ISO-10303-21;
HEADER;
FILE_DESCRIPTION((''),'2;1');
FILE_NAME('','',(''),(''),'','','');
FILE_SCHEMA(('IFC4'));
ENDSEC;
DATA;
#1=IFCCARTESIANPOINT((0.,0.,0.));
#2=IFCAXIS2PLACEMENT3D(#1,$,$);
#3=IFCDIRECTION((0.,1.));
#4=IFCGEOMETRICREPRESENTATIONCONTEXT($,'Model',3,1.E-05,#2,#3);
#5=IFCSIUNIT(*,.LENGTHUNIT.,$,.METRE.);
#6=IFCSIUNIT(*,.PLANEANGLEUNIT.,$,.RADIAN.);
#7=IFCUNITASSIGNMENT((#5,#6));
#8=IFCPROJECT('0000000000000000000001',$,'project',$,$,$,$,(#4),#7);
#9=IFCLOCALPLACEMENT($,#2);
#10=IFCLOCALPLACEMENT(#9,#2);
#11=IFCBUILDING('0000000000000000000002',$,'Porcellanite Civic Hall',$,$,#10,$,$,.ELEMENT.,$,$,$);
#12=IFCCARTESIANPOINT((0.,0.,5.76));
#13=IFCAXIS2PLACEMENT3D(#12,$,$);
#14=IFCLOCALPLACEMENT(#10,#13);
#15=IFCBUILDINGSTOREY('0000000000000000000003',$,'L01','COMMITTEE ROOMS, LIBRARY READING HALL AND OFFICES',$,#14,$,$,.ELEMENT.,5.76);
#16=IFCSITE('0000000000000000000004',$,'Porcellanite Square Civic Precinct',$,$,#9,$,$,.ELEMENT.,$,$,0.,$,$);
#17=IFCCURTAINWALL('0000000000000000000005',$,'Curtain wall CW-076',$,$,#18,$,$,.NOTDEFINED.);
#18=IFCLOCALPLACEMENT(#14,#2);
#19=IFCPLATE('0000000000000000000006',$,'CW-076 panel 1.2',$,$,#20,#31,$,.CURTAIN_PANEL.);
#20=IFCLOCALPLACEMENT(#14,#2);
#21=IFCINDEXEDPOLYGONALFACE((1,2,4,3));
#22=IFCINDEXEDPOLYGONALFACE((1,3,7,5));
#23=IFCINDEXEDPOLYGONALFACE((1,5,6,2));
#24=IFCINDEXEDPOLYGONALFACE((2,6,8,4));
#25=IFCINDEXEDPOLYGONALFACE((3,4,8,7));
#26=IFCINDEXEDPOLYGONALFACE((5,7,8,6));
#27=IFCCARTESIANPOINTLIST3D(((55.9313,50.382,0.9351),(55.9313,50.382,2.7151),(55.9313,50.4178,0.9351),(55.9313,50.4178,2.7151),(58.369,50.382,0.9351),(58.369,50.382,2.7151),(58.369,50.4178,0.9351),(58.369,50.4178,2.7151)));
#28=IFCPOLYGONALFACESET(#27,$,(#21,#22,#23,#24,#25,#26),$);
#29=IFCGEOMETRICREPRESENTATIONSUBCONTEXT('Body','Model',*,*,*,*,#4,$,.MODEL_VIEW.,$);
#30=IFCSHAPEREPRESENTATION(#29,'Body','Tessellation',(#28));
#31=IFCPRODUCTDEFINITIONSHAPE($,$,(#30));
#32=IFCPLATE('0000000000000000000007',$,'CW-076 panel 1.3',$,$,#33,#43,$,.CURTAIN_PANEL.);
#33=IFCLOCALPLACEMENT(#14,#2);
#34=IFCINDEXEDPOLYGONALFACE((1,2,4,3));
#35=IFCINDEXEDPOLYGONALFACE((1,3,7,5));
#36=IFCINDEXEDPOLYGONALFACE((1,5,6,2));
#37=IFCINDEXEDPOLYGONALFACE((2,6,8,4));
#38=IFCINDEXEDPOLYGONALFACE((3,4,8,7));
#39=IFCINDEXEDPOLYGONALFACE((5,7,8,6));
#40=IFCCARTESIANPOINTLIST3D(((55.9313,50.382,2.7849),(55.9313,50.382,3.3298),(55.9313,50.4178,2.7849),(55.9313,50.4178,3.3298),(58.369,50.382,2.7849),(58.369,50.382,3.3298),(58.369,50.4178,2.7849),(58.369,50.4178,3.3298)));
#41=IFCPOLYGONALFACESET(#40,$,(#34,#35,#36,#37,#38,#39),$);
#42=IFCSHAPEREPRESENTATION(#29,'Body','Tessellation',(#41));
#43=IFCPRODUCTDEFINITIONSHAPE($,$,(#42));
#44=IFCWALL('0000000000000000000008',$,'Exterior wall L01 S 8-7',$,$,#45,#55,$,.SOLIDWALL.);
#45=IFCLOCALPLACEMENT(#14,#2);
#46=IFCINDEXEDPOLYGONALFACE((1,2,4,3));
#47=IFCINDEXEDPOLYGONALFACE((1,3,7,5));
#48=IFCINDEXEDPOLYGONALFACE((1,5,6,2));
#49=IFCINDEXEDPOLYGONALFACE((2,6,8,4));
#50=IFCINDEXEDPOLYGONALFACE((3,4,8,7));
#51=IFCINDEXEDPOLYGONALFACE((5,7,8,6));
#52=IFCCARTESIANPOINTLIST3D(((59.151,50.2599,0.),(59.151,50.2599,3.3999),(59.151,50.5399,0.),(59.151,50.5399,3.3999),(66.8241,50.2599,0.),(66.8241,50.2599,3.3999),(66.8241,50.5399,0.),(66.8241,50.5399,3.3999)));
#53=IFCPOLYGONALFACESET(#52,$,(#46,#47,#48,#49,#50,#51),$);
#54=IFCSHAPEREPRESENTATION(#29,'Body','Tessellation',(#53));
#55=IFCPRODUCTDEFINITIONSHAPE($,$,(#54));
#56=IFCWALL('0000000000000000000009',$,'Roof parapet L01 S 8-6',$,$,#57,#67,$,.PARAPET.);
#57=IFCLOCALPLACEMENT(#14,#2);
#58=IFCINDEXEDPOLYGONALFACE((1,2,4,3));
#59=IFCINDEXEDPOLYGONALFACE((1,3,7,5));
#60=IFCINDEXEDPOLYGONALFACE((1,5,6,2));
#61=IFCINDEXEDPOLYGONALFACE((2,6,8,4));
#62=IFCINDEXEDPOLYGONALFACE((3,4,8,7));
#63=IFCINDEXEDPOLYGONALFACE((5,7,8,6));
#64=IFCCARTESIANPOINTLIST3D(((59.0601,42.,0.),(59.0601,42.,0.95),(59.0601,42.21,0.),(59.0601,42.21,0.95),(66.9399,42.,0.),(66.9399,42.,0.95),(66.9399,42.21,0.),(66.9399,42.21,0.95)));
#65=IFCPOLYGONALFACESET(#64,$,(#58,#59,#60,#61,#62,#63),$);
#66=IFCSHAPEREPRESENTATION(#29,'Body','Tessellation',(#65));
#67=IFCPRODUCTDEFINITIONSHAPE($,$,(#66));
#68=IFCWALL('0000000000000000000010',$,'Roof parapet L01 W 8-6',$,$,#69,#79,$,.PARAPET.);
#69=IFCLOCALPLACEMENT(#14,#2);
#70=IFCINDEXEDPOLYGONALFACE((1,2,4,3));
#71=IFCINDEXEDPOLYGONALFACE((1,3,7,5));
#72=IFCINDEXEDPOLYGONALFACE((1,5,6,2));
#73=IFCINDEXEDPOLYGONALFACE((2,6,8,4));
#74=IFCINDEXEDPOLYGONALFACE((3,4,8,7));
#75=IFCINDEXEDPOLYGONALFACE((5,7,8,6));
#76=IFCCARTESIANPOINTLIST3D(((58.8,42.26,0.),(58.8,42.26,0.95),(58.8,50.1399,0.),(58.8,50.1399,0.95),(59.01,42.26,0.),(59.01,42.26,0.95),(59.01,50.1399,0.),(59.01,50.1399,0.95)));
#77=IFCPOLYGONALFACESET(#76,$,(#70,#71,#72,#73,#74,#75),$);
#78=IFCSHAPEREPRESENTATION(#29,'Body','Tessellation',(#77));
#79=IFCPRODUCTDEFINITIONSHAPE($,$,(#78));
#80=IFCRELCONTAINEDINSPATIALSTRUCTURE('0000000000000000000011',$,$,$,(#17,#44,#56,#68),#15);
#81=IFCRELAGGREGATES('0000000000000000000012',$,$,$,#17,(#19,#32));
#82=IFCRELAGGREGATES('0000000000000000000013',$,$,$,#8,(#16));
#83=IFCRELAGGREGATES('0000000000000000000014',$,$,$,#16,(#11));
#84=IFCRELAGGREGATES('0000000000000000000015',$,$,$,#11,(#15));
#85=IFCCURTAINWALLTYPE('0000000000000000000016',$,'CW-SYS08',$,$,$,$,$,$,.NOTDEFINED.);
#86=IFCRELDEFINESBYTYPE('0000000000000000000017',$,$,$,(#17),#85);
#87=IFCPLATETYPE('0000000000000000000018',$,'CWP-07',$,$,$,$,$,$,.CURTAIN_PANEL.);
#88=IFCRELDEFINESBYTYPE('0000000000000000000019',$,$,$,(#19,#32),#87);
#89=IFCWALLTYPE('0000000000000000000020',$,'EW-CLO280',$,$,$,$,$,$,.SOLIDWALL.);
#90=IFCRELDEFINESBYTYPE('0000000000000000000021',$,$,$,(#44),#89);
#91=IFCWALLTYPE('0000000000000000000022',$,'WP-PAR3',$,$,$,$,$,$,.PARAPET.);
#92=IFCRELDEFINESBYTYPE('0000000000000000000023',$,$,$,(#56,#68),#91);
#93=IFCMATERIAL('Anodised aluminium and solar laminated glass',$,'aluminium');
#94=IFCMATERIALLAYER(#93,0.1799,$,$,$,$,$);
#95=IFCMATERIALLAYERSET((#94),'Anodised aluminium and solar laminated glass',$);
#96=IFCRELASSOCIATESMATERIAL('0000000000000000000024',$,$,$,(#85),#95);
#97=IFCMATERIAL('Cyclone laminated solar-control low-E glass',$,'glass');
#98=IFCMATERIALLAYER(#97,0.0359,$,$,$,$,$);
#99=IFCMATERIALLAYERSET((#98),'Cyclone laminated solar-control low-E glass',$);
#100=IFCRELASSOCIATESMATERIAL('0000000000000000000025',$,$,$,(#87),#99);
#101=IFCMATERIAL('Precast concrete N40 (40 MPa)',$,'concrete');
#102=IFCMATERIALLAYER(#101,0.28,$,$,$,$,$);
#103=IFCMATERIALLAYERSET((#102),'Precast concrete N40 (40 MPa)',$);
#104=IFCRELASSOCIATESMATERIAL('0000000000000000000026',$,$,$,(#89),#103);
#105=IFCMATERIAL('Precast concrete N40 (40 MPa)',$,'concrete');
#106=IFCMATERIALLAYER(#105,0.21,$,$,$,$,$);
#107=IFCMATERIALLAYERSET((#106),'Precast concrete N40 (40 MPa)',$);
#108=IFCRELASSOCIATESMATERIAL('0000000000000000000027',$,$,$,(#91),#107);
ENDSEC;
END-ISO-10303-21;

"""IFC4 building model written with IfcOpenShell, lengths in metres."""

from ifc_helpers import new_model, si_unit, direction, frame, frame_2d, origin, origin_2d, place, context, subcontext, project, spatial, rectangle, extrude, material, layer, layer_set, type_object, element, aggregate, save


model = new_model("IFC4")

# Units and contexts
model_context = context("Model", 3, precision=1e-05, world=origin(), true_north=direction((0.0, 1.0)))
body_context = subcontext(model_context, "Body", "Model", "MODEL_VIEW")
ifc_project = project(units=[si_unit("LENGTHUNIT", "METRE"), si_unit("PLANEANGLEUNIT", "RADIAN")], contexts=[model_context])

# Site, building, storey
site_placement = place(None, origin())
site = spatial("IfcSite", under=ifc_project, at=site_placement, Name="Porcellanite Square Civic Precinct", CompositionType="ELEMENT", RefElevation=0.0)
building_placement = place(site_placement, origin())
building = spatial("IfcBuilding", under=site, at=building_placement, Name="Porcellanite Civic Hall", CompositionType="ELEMENT")
storey_placement = place(building_placement, frame((0.0, 0.0, 5.76)))
storey = spatial("IfcBuildingStorey", under=building, at=storey_placement, Name="L01", Description="COMMITTEE ROOMS, LIBRARY READING HALL AND OFFICES", CompositionType="ELEMENT", Elevation=5.76)

# Curtain wall
ifc_material_1 = material(Name="Anodised aluminium and solar laminated glass", Category="aluminium")
ifc_layer_1 = layer(ifc_material_1, 0.1799)
ifc_layer_set_1 = layer_set([ifc_layer_1], Name="Anodised aluminium and solar laminated glass")
curtain_wall_type_1 = type_object("IfcCurtainWallType", Name="CW-SYS08", PredefinedType="NOTDEFINED", material=ifc_layer_set_1)
curtain_wall_1_placement = place(storey_placement, origin())
curtain_wall_1 = element("IfcCurtainWall", 1, at=curtain_wall_1_placement, inside=storey, type_object=curtain_wall_type_1, Name="Curtain wall CW-076", PredefinedType="NOTDEFINED")

# Plates
ifc_material_2 = material(Name="Cyclone laminated solar-control low-E glass", Category="glass")
ifc_layer_2 = layer(ifc_material_2, 0.0359)
ifc_layer_set_2 = layer_set([ifc_layer_2], Name="Cyclone laminated solar-control low-E glass")
plate_type = type_object("IfcPlateType", Name="CWP-07", PredefinedType="CURTAIN_PANEL", material=ifc_layer_set_2)
plate_1_placement = place(storey_placement, frame((57.1501, 50.3999, 0.9351), z_axis=(0.0, 0.0, 1.0), x_axis=(-1.0, 0.0, 0.0)))
plate_1 = element("IfcPlate", 2, at=plate_1_placement, type_object=plate_type, Name="CW-076 panel 1.2", PredefinedType="CURTAIN_PANEL", context=body_context, shape_type="SweptSolid", body=[
    extrude(rectangle(XDim=2.4377, YDim=0.0359, at=origin_2d()), origin(), (0.0, 0.0, 1.0), 1.78),
])
plate_2_placement = place(storey_placement, frame((57.1501, 50.3999, 2.7849), z_axis=(0.0, 0.0, 1.0), x_axis=(-1.0, 0.0, 0.0)))
plate_2 = element("IfcPlate", 3, at=plate_2_placement, type_object=plate_type, Name="CW-076 panel 1.3", PredefinedType="CURTAIN_PANEL", context=body_context, shape_type="SweptSolid", body=[
    extrude(rectangle(XDim=2.4377, YDim=0.0359, at=origin_2d()), origin(), (0.0, 0.0, 1.0), 0.5449),
])
aggregate(curtain_wall_1, [plate_1, plate_2])

# Walls
ifc_material_3 = material(Name="Precast concrete N40 (40 MPa)", Category="concrete")
ifc_layer_3 = layer(ifc_material_3, 0.28)
ifc_layer_set_3 = layer_set([ifc_layer_3], Name="Precast concrete N40 (40 MPa)")
wall_type_1 = type_object("IfcWallType", Name="EW-CLO280", PredefinedType="SOLIDWALL", material=ifc_layer_set_3)
wall_placement = place(storey_placement, frame((66.824, 50.3999, 0.0), z_axis=(0.0, 0.0, 1.0), x_axis=(-1.0, 0.0, 0.0)))
element("IfcWall", 4, at=wall_placement, inside=storey, type_object=wall_type_1, Name="Exterior wall L01 S 8-7", PredefinedType="SOLIDWALL", context=body_context, shape_type="SweptSolid", body=[
    extrude(rectangle(XDim=7.6731, YDim=0.28, at=frame_2d((3.8364, 0.0))), origin(), (0.0, 0.0, 1.0), 3.3999),
])
ifc_material_4 = material(Name="Precast concrete N40 (40 MPa)", Category="concrete")
ifc_layer_4 = layer(ifc_material_4, 0.21)
ifc_layer_set_4 = layer_set([ifc_layer_4], Name="Precast concrete N40 (40 MPa)")
wall_type_2 = type_object("IfcWallType", Name="WP-PAR3", PredefinedType="PARAPET", material=ifc_layer_set_4)
for number, where, z_axis, x_axis, name in (
    (5, (66.9399, 42.105, 0.0), (0.0, 0.0, 1.0), (-1.0, 0.0, 0.0), "Roof parapet L01 S 8-6"),
    (6, (58.905, 42.26, 0.0), (0.0, 0.0, 1.0), (0.0, 1.0, 0.0), "Roof parapet L01 W 8-6"),
):
    element("IfcWall", number, at=place(storey_placement, frame(where, z_axis=z_axis, x_axis=x_axis)), inside=storey, type_object=wall_type_2, Name=name, PredefinedType="PARAPET", context=body_context, shape_type="SweptSolid", body=[
        extrude(rectangle(XDim=7.8799, YDim=0.21, at=frame_2d((3.9399, 0.0))), origin(), (0.0, 0.0, 1.0), 0.95),
    ])

save(model, "model.ifc")
